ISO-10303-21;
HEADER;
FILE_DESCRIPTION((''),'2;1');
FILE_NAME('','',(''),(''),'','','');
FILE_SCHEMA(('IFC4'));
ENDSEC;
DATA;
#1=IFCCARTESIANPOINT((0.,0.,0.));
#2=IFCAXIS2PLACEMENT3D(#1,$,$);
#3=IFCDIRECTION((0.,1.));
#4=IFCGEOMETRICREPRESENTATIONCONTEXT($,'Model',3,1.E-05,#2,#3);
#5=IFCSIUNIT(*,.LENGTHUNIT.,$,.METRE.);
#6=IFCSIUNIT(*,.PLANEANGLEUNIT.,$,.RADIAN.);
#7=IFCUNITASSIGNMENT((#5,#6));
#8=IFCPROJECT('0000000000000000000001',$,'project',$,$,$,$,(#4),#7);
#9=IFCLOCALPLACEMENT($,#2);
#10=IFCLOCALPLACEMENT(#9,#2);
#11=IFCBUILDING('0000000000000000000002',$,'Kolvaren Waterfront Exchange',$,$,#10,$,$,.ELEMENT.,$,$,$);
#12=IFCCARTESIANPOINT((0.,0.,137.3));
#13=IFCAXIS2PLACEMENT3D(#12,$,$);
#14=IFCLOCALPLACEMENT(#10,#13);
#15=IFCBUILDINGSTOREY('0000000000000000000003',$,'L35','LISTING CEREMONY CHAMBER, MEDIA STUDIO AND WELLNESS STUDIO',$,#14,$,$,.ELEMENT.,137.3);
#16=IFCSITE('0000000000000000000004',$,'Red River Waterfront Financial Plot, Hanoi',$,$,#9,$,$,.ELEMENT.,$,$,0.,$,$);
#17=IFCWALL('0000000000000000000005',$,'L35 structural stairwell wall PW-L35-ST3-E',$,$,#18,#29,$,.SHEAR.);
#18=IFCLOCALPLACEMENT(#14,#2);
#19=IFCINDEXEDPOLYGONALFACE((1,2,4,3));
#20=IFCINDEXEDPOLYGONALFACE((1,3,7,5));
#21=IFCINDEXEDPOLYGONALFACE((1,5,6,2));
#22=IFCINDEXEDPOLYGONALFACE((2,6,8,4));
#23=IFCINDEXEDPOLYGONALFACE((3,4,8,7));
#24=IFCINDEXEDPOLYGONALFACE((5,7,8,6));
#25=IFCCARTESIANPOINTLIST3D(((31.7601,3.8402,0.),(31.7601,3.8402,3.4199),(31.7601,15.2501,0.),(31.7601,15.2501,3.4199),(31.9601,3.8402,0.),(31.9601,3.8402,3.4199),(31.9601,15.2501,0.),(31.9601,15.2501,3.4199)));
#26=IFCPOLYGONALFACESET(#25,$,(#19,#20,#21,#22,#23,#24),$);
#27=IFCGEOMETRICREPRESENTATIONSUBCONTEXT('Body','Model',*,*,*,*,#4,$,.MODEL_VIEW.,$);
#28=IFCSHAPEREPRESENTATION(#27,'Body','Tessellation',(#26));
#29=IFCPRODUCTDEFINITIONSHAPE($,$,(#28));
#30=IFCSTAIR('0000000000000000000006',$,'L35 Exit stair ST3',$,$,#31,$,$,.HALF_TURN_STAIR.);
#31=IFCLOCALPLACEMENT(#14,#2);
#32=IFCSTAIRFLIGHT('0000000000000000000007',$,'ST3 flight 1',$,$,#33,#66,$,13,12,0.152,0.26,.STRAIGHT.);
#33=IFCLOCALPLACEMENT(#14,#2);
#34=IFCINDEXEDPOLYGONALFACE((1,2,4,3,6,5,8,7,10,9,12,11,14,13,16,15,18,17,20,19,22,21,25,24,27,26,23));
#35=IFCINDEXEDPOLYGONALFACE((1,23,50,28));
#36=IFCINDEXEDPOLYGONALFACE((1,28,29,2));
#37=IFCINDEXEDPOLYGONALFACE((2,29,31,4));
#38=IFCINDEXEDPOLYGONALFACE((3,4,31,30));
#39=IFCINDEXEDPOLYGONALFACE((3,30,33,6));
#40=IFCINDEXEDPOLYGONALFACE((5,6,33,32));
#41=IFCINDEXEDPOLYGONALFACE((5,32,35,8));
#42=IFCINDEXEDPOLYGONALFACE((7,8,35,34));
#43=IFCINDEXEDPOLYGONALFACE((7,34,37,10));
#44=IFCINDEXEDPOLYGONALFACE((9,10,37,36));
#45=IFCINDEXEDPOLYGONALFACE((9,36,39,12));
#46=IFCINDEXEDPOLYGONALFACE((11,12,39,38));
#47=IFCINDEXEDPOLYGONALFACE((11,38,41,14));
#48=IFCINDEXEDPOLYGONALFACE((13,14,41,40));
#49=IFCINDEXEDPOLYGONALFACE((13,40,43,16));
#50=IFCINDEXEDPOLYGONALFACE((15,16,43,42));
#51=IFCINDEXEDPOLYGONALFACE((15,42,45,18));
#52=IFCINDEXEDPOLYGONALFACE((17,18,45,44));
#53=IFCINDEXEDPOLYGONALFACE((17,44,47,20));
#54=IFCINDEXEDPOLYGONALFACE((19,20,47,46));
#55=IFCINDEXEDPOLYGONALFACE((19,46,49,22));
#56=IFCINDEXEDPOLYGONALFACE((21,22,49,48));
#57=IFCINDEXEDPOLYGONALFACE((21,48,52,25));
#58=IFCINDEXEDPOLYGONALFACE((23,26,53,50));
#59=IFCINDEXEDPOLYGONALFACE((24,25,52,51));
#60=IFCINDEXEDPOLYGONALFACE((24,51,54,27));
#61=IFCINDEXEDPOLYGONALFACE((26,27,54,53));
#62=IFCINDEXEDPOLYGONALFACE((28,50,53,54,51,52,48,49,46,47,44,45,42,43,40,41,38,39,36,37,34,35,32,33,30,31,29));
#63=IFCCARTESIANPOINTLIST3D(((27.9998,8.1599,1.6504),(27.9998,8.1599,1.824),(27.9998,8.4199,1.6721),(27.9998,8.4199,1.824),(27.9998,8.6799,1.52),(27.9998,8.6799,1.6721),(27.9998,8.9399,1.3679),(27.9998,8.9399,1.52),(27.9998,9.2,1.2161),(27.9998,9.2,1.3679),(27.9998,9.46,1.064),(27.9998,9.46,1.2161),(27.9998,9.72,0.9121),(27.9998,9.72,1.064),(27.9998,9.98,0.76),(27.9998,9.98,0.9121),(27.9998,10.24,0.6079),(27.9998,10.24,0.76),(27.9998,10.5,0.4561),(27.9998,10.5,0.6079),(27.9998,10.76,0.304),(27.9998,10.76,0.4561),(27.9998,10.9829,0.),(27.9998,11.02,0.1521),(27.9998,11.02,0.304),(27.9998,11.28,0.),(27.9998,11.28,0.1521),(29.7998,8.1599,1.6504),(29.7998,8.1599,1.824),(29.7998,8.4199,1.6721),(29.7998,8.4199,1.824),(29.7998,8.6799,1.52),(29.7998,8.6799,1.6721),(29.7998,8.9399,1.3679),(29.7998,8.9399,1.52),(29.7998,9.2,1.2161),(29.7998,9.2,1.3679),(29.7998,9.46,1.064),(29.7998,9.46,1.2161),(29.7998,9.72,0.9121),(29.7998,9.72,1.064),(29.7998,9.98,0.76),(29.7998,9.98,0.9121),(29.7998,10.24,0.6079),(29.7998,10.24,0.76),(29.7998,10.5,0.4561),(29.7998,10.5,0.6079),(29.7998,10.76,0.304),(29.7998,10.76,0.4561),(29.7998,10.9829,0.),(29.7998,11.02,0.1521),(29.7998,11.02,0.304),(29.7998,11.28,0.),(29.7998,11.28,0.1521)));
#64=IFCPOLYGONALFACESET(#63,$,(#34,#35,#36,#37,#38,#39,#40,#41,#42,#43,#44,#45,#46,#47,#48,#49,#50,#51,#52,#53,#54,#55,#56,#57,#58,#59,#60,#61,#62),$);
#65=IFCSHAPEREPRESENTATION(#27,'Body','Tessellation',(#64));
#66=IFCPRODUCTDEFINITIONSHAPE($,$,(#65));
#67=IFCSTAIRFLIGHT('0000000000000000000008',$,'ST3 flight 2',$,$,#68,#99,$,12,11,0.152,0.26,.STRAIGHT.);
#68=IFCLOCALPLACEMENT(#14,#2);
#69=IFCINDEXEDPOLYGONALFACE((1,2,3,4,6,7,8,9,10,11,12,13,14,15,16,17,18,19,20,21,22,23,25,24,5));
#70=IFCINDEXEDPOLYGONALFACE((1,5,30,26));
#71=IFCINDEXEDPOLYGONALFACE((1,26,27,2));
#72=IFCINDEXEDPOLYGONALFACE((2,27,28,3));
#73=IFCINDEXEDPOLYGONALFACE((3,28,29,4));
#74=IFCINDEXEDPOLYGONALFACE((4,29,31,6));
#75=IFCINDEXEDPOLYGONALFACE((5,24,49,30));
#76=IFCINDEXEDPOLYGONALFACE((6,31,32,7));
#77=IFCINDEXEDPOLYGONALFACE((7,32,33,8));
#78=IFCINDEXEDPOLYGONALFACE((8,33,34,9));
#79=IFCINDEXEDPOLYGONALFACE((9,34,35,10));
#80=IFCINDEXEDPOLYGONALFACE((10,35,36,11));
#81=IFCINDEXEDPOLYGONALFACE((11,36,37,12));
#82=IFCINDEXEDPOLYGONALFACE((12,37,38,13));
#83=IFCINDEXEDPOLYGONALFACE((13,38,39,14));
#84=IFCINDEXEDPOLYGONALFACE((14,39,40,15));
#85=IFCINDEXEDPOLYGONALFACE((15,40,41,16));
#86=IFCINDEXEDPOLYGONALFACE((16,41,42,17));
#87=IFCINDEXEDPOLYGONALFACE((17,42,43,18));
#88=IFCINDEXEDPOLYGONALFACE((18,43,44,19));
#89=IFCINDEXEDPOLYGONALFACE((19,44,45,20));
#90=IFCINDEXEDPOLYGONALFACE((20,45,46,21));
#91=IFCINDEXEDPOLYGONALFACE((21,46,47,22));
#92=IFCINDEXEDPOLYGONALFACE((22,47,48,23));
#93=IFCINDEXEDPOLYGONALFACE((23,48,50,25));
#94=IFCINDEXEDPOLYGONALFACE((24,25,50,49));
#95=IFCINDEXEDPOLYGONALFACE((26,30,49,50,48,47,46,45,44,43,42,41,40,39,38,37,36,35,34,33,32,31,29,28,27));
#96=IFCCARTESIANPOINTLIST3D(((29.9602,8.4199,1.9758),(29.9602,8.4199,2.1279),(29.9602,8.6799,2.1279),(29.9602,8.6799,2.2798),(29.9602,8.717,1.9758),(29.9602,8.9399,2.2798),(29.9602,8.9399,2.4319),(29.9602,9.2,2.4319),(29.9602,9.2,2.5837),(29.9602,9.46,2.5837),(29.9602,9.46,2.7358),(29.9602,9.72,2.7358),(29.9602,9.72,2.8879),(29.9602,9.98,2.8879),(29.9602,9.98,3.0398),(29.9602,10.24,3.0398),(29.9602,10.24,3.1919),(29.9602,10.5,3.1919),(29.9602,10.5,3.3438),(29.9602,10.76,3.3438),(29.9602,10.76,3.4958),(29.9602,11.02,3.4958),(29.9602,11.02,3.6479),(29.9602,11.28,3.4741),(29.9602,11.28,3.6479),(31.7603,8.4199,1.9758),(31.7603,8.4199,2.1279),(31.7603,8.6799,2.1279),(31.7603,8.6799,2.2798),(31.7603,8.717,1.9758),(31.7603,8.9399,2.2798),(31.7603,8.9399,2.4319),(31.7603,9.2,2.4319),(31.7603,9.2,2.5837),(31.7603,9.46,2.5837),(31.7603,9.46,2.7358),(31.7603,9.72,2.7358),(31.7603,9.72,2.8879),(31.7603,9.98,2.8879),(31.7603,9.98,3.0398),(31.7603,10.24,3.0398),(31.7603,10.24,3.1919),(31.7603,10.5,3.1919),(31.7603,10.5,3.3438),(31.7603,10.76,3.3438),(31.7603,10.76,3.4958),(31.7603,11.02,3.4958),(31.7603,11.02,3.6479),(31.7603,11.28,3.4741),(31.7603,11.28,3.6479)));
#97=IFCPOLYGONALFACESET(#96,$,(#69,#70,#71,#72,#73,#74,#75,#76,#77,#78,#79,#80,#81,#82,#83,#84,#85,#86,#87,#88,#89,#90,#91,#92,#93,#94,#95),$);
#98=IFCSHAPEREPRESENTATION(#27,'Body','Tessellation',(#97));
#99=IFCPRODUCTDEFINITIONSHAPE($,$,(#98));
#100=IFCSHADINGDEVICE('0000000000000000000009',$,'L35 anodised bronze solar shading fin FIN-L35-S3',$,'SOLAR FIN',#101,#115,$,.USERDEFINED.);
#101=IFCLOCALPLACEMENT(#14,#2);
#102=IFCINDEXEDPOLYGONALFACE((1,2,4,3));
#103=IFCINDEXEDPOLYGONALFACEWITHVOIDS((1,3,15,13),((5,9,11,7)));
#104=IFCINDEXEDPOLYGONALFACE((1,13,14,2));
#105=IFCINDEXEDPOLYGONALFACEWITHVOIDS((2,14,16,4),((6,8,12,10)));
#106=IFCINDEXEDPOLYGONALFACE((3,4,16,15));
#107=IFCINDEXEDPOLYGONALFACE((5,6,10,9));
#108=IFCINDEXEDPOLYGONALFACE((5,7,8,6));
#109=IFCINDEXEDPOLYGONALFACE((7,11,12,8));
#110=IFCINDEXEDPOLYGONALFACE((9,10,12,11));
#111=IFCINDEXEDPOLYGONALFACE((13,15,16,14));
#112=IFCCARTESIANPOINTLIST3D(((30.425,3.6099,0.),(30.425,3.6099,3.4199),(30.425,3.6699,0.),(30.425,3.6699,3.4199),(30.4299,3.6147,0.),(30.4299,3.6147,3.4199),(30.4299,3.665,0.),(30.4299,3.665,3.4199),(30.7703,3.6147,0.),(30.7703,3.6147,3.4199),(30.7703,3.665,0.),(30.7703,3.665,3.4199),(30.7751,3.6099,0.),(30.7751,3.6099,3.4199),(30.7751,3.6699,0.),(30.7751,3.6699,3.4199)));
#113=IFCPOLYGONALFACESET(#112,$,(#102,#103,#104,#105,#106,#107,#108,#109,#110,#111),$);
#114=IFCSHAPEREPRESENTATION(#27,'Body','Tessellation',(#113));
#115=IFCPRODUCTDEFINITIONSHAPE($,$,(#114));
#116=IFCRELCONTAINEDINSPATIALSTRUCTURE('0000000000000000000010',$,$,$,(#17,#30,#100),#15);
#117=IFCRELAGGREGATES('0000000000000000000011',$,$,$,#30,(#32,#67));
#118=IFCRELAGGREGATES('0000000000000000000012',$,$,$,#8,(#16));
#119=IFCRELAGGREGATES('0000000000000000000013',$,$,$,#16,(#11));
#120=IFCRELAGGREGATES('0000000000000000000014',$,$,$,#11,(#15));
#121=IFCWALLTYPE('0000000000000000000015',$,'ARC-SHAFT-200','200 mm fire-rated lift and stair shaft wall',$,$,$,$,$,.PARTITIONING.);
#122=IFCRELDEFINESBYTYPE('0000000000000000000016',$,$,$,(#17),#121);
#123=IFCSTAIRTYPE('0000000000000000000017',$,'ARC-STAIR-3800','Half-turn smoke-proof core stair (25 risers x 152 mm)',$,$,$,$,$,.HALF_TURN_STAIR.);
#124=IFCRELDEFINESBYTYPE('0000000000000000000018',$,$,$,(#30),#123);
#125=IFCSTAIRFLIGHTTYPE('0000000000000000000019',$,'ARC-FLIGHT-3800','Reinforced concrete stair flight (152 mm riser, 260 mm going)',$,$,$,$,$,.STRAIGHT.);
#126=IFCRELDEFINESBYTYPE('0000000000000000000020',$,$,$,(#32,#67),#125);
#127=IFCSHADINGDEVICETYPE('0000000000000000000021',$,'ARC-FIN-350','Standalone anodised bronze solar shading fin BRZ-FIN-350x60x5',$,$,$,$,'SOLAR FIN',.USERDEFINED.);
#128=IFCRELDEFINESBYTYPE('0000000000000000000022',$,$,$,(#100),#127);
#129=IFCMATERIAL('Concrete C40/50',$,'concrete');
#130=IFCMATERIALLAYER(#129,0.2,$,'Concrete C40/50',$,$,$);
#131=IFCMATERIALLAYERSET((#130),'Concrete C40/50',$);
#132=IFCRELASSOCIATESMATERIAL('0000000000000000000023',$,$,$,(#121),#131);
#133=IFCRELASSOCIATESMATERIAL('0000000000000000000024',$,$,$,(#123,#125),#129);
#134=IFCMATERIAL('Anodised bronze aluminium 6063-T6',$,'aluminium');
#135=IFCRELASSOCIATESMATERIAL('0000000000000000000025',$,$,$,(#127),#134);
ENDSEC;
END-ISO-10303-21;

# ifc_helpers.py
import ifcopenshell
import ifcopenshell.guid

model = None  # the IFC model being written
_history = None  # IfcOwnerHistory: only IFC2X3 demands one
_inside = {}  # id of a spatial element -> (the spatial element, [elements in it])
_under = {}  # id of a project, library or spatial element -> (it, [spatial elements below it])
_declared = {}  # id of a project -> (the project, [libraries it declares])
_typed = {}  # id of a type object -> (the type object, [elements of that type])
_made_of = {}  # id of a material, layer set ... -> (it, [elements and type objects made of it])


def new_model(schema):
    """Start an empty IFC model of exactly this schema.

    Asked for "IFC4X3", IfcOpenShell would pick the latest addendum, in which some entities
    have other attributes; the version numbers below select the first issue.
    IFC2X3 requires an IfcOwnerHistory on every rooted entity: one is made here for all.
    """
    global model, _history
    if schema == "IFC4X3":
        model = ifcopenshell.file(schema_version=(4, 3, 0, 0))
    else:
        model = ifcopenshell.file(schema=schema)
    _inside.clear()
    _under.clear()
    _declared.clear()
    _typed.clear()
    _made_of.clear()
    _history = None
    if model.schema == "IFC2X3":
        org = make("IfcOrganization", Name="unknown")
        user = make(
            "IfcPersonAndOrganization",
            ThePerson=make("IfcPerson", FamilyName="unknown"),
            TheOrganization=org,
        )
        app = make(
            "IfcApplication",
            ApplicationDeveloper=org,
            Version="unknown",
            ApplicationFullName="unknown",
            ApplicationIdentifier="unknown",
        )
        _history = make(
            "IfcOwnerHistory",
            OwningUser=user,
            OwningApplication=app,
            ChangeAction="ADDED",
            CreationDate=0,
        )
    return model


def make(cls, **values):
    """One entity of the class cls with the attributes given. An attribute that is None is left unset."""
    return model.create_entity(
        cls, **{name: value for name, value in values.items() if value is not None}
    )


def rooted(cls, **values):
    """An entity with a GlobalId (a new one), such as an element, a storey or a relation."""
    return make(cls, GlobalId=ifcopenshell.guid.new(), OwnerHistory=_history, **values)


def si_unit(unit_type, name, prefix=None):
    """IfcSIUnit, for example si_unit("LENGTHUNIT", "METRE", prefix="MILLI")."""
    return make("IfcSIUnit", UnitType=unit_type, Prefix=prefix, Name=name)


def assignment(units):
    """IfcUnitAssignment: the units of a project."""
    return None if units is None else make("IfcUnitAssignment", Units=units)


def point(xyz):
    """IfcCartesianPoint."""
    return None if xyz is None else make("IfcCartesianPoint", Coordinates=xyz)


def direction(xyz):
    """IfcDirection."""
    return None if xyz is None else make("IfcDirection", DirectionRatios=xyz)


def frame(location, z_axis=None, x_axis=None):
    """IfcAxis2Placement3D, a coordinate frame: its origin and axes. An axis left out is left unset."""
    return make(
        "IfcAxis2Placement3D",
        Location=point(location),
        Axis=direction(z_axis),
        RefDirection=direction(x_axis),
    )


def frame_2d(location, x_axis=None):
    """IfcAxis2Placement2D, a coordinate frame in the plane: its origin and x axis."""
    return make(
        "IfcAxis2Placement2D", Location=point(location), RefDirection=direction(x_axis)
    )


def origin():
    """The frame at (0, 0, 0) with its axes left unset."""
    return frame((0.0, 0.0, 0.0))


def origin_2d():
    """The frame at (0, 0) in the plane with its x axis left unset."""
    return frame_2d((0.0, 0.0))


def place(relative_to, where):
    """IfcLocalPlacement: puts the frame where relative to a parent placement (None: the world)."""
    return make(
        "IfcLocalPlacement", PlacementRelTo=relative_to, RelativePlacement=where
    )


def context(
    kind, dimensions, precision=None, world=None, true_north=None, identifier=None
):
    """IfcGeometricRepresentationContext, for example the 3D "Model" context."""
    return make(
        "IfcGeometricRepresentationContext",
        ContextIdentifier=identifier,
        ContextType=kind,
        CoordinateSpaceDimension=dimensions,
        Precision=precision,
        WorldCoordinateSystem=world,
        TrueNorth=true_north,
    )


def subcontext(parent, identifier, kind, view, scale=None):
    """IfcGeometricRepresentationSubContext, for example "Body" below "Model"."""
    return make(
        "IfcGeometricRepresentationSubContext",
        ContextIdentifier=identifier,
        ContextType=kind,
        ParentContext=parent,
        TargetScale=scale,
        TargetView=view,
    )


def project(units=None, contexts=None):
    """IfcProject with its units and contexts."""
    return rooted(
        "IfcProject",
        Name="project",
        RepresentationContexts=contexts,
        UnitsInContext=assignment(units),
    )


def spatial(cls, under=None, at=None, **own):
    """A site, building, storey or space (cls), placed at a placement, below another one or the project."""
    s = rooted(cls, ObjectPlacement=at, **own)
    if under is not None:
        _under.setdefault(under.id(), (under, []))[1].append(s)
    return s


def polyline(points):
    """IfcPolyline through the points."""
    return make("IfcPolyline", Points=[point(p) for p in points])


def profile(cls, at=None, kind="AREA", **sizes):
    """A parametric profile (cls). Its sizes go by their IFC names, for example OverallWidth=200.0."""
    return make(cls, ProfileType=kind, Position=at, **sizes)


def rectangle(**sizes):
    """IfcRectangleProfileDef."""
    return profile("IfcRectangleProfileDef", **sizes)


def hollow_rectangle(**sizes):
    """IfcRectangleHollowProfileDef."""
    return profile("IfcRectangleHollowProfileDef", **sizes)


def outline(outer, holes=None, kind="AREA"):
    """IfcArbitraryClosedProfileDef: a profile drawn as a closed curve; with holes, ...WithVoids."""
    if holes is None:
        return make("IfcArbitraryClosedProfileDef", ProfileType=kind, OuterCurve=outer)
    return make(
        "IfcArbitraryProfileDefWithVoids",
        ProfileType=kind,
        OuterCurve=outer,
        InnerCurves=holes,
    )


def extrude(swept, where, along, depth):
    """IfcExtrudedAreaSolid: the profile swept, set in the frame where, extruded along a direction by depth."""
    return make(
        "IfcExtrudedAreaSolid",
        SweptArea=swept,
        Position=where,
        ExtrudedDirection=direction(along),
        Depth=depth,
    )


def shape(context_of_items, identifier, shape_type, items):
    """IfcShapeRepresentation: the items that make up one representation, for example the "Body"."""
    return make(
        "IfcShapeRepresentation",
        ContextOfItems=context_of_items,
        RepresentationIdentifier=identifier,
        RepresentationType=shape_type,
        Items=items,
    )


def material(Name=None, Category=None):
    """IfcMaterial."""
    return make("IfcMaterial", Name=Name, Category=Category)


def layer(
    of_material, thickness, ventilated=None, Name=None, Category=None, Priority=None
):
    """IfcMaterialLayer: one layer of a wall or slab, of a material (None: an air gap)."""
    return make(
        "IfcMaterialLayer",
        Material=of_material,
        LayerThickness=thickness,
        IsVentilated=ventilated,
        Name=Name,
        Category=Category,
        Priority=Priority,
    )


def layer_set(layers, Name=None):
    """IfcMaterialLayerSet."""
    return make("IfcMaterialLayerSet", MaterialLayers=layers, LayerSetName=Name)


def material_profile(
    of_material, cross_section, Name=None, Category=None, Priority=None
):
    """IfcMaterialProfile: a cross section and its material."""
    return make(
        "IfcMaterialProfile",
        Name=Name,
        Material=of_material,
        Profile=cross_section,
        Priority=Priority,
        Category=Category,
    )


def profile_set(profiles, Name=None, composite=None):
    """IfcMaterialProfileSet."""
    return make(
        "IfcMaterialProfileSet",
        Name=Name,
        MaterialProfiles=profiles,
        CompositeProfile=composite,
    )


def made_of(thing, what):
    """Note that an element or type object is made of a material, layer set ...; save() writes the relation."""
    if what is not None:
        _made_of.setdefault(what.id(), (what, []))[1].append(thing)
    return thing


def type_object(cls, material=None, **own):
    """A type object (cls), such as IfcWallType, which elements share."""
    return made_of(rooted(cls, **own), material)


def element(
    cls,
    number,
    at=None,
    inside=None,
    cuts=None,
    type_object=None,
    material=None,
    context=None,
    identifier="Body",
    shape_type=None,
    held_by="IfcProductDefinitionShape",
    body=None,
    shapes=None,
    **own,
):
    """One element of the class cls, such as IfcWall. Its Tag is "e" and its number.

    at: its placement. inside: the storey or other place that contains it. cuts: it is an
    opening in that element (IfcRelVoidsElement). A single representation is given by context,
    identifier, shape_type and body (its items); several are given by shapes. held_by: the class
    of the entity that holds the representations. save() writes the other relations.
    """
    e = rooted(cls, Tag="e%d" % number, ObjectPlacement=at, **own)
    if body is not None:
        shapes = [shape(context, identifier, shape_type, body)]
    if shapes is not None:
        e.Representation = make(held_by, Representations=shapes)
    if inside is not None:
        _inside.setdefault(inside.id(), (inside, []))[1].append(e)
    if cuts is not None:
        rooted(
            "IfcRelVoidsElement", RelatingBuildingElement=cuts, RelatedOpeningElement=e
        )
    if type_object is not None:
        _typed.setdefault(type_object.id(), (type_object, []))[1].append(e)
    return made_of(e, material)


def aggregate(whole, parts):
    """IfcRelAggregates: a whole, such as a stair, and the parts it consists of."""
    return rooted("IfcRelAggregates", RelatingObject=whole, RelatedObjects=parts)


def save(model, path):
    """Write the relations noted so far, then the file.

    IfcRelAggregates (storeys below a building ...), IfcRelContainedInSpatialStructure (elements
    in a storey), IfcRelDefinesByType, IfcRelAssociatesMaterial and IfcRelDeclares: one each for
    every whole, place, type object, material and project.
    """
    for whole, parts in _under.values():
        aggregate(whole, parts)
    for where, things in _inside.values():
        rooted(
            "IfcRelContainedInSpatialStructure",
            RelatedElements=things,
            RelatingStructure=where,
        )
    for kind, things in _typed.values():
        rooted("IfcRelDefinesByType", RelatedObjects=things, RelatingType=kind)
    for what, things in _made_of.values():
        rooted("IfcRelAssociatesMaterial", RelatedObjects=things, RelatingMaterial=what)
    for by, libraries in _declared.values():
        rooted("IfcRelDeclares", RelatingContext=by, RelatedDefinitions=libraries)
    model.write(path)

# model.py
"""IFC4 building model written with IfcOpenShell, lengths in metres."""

from ifc_helpers import new_model, si_unit, direction, frame, frame_2d, origin, origin_2d, place, context, subcontext, project, spatial, polyline, rectangle, hollow_rectangle, outline, extrude, material, layer, layer_set, material_profile, profile_set, type_object, element, aggregate, save


model = new_model("IFC4")

# Units and contexts
model_context = context("Model", 3, precision=1e-05, world=origin(), true_north=direction((0.0, 1.0)))
body_context = subcontext(model_context, "Body", "Model", "MODEL_VIEW")
ifc_project = project(units=[si_unit("LENGTHUNIT", "METRE"), si_unit("PLANEANGLEUNIT", "RADIAN")], contexts=[model_context])

# Site, building, storey
site_placement = place(None, origin())
site = spatial("IfcSite", under=ifc_project, at=site_placement, Name="Red River Waterfront Financial Plot, Hanoi", CompositionType="ELEMENT", RefElevation=0.0)
building_placement = place(site_placement, origin())
building = spatial("IfcBuilding", under=site, at=building_placement, Name="Kolvaren Waterfront Exchange", CompositionType="ELEMENT")
storey_placement = place(building_placement, frame((0.0, 0.0, 137.3)))
storey = spatial("IfcBuildingStorey", under=building, at=storey_placement, Name="L35", Description="LISTING CEREMONY CHAMBER, MEDIA STUDIO AND WELLNESS STUDIO", CompositionType="ELEMENT", Elevation=137.3)

# Shared definitions
ifc_material_1 = material(Name="Anodised bronze aluminium 6063-T6", Category="aluminium")

# Wall
ifc_material_2 = material(Name="Concrete C40/50", Category="concrete")
ifc_layer_1 = layer(ifc_material_2, 0.2, Name="Concrete C40/50")
ifc_layer_set_1 = layer_set([ifc_layer_1], Name="Concrete C40/50")
wall_type_1 = type_object("IfcWallType", Name="ARC-SHAFT-200", Description="200 mm fire-rated lift and stair shaft wall", PredefinedType="PARTITIONING", material=ifc_layer_set_1)
wall_1_placement = place(storey_placement, frame((31.8601, 3.8401, 0.0), z_axis=(0.0, 0.0, 1.0), x_axis=(0.0, 1.0, 0.0)))
element("IfcWall", 1, at=wall_1_placement, inside=storey, type_object=wall_type_1, Name="L35 structural stairwell wall PW-L35-ST3-E", PredefinedType="SHEAR", context=body_context, shape_type="SweptSolid", body=[
    extrude(rectangle(XDim=11.4099, YDim=0.2, at=frame_2d((5.7051, 0.0))), origin(), (0.0, 0.0, 1.0), 3.4199),
])

# Stair, stair flights
stair_type = type_object("IfcStairType", Name="ARC-STAIR-3800", Description="Half-turn smoke-proof core stair (25 risers x 152 mm)", PredefinedType="HALF_TURN_STAIR", material=ifc_material_2)
stair_placement = place(storey_placement, origin())
stair = element("IfcStair", 2, at=stair_placement, inside=storey, type_object=stair_type, Name="L35 Exit stair ST3", PredefinedType="HALF_TURN_STAIR")
stair_flight_type = type_object("IfcStairFlightType", Name="ARC-FLIGHT-3800", Description="Reinforced concrete stair flight (152 mm riser, 260 mm going)", PredefinedType="STRAIGHT", material=ifc_material_2)
stair_flight_1_placement = place(storey_placement, frame((28.8999, 11.28, 0.0), z_axis=(0.0, 0.0, 1.0), x_axis=(0.0, -1.0, 0.0)))
stair_flight_1 = element("IfcStairFlight", 3, at=stair_flight_1_placement, type_object=stair_flight_type, Name="ST3 flight 1", NumberOfRisers=13, NumberOfTreads=12, PredefinedType="STRAIGHT", RiserHeight=0.152, TreadLength=0.26, context=body_context, shape_type="SweptSolid", body=[
    extrude(outline(polyline([(0.0, 0.0), (0.0, 0.1521), (0.26, 0.1521), (0.26, 0.304), (0.52, 0.304), (0.52, 0.4561), (0.78, 0.4561), (0.78, 0.6079), (1.04, 0.6079), (1.04, 0.76), (1.3, 0.76), (1.3, 0.9121), (1.5601, 0.9121), (1.5601, 1.064), (1.8201, 1.064), (1.8201, 1.2161), (2.0801, 1.2161), (2.0801, 1.3679), (2.3401, 1.3679), (2.3401, 1.52), (2.6001, 1.52), (2.6001, 1.6721), (2.8601, 1.6721), (2.8601, 1.824), (3.1201, 1.824), (3.1201, 1.9761), (3.1201, 1.6504), (0.2971, 0.0), (0.0, 0.0)])), frame((0.0, 0.8999, 0.0), z_axis=(0.0, -1.0, 0.0), x_axis=(1.0, 0.0, 0.0)), (0.0, 0.0, 1.0), 1.8),
])
stair_flight_2_placement = place(storey_placement, frame((30.8601, 8.4199, 1.9758), z_axis=(0.0, 0.0, 1.0), x_axis=(0.0, 1.0, 0.0)))
stair_flight_2 = element("IfcStairFlight", 4, at=stair_flight_2_placement, type_object=stair_flight_type, Name="ST3 flight 2", NumberOfRisers=12, NumberOfTreads=11, PredefinedType="STRAIGHT", RiserHeight=0.152, TreadLength=0.26, context=body_context, shape_type="SweptSolid", body=[
    extrude(outline(polyline([(0.0, 0.0), (0.0, 0.1521), (0.26, 0.1521), (0.26, 0.304), (0.52, 0.304), (0.52, 0.4561), (0.78, 0.4561), (0.78, 0.6079), (1.04, 0.6079), (1.04, 0.76), (1.3, 0.76), (1.3, 0.9121), (1.5601, 0.9121), (1.5601, 1.064), (1.8201, 1.064), (1.8201, 1.2161), (2.0801, 1.2161), (2.0801, 1.3679), (2.3401, 1.3679), (2.3401, 1.52), (2.6001, 1.52), (2.6001, 1.6721), (2.8601, 1.6721), (2.8601, 1.824), (2.8601, 1.4983), (0.2971, 0.0), (0.0, 0.0)])), frame((0.0, 0.8999, 0.0), z_axis=(0.0, -1.0, 0.0), x_axis=(1.0, 0.0, 0.0)), (0.0, 0.0, 1.0), 1.8),
])
aggregate(stair, [stair_flight_1, stair_flight_2])

# Shading device
ifc_material_profile_1 = material_profile(ifc_material_1, hollow_rectangle(XDim=0.0601, YDim=0.3501, WallThickness=0.0049, at=origin_2d()), Name="BRZ-FIN-350x60x5")
ifc_profile_set_1 = profile_set([ifc_material_profile_1], Name="Anodised bronze aluminium 6063-T6")
shading_device_type = type_object("IfcShadingDeviceType", Name="ARC-FIN-350", Description="Standalone anodised bronze solar shading fin BRZ-FIN-350x60x5", ElementType="SOLAR FIN", PredefinedType="USERDEFINED", material=ifc_profile_set_1)
shading_device_placement = place(storey_placement, frame((30.6001, 3.6399, 0.0), z_axis=(0.0, 0.0, 1.0), x_axis=(0.0, -1.0, 0.0)))
element("IfcShadingDevice", 5, at=shading_device_placement, inside=storey, type_object=shading_device_type, Name="L35 anodised bronze solar shading fin FIN-L35-S3", ObjectType="SOLAR FIN", PredefinedType="USERDEFINED", context=body_context, shape_type="SweptSolid", body=[
    extrude(hollow_rectangle(XDim=0.0601, YDim=0.3501, WallThickness=0.0049, at=origin_2d()), origin(), (0.0, 0.0, 1.0), 3.4199),
])

save(model, "model.ifc")
